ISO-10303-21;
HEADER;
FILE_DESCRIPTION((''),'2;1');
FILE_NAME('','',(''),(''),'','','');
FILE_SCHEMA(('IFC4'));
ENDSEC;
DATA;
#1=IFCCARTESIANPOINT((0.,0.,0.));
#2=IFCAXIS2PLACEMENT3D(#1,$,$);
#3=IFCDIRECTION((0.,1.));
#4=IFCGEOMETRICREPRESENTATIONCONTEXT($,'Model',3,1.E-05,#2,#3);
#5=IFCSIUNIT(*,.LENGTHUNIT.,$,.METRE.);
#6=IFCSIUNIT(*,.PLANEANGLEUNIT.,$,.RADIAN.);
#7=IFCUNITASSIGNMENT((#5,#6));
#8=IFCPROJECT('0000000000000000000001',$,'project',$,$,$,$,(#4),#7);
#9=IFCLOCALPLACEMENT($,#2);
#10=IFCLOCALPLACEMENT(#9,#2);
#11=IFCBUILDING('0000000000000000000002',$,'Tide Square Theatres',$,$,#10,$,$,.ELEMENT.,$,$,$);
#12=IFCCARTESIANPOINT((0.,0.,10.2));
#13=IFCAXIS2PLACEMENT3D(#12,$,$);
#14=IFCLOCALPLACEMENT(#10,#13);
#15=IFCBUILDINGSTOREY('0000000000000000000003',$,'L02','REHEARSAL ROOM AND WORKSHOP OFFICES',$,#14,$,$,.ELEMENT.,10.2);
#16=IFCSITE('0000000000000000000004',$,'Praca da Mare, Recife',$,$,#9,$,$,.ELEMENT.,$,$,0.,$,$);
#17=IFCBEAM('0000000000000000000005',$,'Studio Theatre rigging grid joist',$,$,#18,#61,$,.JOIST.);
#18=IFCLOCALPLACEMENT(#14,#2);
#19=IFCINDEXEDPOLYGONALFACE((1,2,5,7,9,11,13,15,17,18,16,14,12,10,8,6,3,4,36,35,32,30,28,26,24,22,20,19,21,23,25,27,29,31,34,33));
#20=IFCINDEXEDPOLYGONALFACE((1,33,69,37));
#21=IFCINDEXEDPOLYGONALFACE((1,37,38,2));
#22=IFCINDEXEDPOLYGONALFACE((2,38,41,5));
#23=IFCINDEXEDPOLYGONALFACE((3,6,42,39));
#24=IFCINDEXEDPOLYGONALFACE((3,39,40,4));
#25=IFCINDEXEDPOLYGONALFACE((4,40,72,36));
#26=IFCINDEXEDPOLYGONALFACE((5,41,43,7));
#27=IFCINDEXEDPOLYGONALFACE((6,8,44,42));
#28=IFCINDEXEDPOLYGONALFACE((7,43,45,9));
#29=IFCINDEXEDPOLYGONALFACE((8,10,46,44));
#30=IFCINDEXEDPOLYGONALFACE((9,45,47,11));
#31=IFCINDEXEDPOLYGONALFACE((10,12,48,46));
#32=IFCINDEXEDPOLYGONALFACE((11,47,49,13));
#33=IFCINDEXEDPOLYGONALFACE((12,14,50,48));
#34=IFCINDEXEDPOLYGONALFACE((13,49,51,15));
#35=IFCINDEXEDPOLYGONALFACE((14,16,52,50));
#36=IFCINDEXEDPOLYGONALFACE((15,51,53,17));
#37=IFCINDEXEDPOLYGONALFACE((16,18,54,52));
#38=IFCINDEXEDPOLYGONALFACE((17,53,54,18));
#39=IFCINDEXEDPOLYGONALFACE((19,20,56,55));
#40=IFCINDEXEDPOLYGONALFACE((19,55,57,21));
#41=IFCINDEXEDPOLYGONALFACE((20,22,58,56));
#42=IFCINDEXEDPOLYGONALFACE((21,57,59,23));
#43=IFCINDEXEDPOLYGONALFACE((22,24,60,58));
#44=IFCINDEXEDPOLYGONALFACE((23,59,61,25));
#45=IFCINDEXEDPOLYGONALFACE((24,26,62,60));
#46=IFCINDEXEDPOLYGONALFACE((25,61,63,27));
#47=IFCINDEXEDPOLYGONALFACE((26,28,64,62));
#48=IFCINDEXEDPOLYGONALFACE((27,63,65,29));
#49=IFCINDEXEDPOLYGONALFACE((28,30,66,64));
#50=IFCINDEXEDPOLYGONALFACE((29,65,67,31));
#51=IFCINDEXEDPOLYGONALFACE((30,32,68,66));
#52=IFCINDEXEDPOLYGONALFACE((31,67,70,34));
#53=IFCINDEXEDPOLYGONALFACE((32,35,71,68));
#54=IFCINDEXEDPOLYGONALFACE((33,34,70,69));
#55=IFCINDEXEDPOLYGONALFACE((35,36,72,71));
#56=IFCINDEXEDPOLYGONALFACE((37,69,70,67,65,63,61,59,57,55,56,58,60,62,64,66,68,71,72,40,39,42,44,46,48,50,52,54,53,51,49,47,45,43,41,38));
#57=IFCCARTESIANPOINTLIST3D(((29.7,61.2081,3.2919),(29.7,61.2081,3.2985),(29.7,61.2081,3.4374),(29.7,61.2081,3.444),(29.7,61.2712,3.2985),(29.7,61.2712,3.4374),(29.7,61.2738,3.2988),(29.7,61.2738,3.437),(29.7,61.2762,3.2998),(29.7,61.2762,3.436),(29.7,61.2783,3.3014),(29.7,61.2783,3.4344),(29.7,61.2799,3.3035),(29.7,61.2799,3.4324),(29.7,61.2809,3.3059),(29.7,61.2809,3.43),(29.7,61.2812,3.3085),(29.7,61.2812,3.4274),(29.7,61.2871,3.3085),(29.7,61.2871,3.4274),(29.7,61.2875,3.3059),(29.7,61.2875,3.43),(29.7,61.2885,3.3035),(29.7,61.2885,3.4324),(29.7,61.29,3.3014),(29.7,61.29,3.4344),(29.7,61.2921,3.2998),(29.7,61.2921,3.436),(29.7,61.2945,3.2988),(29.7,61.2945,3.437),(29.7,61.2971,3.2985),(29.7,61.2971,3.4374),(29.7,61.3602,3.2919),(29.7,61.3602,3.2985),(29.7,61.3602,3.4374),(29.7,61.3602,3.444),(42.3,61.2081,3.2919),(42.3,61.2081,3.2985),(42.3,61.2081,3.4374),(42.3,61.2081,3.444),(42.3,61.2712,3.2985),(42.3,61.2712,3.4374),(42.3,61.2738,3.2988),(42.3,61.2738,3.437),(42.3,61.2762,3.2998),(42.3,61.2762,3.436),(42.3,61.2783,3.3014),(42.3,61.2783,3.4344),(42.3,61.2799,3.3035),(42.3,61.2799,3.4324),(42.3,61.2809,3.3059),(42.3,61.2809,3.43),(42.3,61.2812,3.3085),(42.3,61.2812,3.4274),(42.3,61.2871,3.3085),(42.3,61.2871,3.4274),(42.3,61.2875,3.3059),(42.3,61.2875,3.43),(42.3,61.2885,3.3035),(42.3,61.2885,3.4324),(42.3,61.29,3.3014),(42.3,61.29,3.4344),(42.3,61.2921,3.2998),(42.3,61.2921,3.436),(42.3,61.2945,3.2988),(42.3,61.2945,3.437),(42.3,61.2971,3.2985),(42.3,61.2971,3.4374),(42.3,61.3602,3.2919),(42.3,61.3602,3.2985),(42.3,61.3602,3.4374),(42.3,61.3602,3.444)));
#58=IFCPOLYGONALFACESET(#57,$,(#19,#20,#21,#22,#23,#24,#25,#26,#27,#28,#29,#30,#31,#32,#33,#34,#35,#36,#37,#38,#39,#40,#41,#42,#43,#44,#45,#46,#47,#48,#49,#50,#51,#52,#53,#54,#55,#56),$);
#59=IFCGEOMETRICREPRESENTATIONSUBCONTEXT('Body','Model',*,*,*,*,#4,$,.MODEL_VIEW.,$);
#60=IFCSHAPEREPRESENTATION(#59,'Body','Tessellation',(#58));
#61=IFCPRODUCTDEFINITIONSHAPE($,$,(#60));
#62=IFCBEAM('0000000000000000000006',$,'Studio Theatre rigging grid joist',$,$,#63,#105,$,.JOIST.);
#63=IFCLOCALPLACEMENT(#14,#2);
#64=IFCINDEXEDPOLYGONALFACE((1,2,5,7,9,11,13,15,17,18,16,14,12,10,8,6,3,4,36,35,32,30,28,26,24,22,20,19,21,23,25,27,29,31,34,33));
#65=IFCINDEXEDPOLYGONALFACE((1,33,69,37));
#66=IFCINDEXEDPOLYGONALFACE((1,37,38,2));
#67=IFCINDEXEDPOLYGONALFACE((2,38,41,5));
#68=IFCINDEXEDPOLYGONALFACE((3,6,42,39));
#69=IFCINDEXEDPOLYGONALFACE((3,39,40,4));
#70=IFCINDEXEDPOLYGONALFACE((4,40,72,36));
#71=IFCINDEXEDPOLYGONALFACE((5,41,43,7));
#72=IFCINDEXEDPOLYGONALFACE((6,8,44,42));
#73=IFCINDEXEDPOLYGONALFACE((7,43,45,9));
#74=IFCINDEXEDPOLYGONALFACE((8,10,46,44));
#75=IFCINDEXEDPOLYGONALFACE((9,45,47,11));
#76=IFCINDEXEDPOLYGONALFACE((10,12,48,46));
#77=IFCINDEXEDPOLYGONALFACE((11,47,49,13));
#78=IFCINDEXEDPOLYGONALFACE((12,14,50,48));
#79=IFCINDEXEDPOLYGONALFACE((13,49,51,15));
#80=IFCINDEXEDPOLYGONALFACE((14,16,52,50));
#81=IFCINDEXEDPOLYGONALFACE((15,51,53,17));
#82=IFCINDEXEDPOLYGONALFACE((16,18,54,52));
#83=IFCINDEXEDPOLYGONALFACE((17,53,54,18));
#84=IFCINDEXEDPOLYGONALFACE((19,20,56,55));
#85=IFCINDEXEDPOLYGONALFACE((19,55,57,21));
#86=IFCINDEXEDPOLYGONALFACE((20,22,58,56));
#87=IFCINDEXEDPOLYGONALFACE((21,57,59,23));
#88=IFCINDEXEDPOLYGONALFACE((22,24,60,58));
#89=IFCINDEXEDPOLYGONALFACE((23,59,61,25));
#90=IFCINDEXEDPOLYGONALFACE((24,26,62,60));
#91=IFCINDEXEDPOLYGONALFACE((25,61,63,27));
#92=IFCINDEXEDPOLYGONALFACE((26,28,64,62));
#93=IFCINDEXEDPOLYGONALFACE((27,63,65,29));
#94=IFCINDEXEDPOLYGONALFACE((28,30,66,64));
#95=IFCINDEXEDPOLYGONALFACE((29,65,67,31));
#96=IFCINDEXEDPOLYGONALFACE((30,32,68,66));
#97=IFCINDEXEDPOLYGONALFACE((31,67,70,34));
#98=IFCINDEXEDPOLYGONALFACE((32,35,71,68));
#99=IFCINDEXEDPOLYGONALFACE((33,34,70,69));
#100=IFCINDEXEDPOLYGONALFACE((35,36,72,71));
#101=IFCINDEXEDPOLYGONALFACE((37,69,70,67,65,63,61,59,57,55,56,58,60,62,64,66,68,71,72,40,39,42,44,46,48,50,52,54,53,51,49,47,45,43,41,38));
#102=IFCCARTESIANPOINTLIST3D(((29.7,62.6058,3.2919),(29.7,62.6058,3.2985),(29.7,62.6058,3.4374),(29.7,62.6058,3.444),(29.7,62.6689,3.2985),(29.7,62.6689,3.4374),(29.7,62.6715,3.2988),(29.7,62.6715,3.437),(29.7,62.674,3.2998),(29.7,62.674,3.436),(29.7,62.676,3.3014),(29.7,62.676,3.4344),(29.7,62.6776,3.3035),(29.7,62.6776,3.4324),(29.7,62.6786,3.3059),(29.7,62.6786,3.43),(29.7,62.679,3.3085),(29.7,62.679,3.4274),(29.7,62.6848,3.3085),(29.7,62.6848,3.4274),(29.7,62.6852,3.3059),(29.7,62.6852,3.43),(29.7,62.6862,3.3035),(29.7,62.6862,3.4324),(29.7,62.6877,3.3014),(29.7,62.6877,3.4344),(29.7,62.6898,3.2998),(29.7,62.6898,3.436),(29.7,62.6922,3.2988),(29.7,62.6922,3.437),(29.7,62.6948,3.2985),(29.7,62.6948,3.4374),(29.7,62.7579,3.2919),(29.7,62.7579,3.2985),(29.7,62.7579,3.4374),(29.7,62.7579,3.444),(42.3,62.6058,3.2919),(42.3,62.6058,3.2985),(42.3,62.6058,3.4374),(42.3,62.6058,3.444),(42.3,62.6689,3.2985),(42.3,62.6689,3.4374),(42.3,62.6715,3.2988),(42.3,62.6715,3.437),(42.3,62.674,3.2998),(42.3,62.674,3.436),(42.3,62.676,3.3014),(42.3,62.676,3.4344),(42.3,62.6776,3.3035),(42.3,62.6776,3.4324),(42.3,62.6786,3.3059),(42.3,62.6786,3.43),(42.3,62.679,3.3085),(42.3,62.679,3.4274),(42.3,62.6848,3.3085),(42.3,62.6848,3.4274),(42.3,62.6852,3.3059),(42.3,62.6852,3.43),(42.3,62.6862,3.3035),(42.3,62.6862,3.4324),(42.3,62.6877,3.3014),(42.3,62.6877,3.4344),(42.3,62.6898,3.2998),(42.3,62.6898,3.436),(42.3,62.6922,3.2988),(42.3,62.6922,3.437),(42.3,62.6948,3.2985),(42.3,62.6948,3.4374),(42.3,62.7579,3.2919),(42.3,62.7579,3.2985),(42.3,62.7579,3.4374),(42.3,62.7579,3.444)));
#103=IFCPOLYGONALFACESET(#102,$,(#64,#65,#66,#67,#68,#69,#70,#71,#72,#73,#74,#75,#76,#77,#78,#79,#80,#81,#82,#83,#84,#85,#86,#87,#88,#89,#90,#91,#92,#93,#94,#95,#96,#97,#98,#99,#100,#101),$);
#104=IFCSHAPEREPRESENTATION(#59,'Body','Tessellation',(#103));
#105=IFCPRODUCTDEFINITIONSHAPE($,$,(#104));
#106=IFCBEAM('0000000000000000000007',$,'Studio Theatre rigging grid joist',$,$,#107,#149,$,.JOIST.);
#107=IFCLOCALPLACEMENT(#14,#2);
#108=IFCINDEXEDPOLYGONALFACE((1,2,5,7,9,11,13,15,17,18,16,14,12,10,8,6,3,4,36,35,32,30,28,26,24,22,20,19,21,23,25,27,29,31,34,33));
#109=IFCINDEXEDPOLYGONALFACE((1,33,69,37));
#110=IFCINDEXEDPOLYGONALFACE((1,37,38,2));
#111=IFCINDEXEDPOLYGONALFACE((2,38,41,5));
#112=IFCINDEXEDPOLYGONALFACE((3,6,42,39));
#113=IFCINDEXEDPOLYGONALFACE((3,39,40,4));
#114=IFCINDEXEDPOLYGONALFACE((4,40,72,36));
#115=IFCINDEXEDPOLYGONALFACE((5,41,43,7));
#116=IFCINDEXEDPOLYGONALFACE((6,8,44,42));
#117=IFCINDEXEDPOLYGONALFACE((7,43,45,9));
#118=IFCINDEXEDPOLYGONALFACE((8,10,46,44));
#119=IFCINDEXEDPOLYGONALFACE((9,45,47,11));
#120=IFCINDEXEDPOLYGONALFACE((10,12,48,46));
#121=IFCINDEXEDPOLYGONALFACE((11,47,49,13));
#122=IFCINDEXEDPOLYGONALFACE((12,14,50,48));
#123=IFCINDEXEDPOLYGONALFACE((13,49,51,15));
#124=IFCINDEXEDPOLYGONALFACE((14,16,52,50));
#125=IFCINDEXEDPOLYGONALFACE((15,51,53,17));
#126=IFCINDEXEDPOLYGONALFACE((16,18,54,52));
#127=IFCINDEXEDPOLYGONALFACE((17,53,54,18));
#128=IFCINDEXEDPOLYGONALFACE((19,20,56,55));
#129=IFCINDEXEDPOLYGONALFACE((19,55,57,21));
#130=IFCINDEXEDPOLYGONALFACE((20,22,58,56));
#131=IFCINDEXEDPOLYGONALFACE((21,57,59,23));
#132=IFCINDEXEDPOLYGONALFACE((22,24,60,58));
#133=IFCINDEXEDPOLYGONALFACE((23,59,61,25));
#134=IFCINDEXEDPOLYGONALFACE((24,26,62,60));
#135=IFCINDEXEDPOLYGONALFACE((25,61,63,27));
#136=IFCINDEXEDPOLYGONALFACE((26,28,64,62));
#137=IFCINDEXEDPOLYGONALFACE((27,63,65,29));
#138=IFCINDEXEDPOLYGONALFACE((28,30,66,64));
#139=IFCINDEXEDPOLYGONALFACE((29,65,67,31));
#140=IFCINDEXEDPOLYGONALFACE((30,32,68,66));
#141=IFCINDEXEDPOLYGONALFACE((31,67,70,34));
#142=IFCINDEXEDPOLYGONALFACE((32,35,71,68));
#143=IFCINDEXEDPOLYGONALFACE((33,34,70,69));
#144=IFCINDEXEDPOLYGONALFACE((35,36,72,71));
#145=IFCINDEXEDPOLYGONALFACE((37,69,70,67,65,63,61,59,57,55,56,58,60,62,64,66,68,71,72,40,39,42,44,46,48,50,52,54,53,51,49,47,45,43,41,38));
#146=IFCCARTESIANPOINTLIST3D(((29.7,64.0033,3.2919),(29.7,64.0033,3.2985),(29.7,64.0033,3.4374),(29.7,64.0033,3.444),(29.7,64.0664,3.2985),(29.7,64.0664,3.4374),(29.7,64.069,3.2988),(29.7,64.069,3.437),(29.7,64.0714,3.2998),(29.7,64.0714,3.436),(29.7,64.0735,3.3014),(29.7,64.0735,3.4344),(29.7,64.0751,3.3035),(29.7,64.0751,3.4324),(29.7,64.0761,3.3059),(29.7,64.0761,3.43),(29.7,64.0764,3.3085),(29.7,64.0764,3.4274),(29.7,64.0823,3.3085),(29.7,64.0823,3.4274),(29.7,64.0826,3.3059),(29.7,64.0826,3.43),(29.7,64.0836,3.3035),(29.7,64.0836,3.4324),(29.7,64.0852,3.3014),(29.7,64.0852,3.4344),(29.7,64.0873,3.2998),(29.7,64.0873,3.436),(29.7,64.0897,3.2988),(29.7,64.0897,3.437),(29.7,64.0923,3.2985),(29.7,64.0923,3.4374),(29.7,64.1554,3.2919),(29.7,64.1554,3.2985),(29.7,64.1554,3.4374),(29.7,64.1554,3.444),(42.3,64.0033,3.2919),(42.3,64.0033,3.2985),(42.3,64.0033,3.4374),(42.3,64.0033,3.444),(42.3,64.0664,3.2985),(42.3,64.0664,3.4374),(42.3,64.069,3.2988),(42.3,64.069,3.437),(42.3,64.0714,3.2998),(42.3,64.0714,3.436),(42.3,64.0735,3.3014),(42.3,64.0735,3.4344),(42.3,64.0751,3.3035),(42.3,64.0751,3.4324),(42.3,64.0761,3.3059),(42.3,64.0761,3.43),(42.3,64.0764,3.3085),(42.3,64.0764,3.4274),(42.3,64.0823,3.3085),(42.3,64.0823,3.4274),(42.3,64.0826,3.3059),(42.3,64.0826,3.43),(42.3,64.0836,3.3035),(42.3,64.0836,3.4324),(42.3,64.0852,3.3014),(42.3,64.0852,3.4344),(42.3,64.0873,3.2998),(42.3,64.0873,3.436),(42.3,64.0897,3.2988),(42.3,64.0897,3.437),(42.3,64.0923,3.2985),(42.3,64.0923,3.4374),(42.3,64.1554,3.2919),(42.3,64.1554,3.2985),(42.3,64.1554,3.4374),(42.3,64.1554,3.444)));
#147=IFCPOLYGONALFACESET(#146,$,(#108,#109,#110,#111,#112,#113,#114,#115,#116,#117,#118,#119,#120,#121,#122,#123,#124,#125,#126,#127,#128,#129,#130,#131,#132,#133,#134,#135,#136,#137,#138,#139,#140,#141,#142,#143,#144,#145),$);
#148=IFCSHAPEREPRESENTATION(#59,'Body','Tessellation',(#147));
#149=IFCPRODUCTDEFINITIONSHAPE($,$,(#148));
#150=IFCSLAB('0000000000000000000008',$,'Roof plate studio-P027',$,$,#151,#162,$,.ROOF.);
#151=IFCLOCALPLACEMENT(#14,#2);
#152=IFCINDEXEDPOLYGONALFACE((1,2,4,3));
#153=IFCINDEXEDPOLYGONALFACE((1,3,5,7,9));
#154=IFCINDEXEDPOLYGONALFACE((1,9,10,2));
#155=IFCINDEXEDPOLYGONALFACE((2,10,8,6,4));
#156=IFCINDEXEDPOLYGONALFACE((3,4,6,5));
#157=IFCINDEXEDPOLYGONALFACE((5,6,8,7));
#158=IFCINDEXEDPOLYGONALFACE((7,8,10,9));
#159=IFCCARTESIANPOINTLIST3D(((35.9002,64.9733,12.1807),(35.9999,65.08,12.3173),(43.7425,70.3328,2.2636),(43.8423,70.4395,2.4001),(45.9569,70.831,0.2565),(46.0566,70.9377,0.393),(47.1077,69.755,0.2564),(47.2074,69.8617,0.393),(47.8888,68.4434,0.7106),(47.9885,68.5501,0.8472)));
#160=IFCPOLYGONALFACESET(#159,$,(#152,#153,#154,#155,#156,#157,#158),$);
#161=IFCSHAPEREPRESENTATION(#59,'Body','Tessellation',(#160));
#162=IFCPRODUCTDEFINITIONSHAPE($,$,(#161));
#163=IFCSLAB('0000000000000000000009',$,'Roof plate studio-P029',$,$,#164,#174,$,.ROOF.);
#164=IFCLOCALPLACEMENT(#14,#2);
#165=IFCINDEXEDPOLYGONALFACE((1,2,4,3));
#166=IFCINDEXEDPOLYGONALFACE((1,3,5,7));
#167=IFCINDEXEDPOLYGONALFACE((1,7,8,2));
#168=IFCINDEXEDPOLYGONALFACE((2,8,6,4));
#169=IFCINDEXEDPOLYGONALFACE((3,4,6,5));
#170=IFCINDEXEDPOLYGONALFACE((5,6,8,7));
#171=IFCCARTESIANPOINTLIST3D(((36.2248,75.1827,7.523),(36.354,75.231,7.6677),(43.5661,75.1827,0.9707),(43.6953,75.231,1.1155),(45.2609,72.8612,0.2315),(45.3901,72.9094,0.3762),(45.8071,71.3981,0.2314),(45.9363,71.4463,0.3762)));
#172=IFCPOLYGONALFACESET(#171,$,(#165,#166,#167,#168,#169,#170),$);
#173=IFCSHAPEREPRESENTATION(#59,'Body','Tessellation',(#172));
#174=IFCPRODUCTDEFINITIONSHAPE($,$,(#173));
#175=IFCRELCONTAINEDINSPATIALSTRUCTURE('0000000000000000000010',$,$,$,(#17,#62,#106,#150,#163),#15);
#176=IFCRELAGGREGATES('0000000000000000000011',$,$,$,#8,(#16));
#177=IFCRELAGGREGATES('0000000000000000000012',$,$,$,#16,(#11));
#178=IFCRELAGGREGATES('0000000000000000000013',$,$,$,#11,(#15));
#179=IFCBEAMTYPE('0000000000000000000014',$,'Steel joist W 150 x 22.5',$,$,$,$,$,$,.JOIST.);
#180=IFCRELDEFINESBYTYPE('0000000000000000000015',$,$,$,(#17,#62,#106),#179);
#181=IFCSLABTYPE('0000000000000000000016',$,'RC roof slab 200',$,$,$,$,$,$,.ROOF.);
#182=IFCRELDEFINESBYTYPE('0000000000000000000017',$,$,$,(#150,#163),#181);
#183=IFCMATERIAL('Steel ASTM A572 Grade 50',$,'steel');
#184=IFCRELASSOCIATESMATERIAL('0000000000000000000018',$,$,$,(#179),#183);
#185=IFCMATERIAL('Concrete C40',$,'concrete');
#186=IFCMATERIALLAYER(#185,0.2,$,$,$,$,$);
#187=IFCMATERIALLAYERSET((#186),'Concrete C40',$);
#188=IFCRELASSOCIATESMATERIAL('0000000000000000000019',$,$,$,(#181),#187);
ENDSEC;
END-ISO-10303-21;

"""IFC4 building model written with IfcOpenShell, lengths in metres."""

from ifc_helpers import new_model, si_unit, direction, frame, origin, origin_2d, place, context, subcontext, project, spatial, polyline, i_section, outline, extrude, material, layer, layer_set, material_profile, profile_set, type_object, element, save


model = new_model("IFC4")

# Units and contexts
model_context = context("Model", 3, precision=1e-05, world=origin(), true_north=direction((0.0, 1.0)))
body_context = subcontext(model_context, "Body", "Model", "MODEL_VIEW")
ifc_project = project(units=[si_unit("LENGTHUNIT", "METRE"), si_unit("PLANEANGLEUNIT", "RADIAN")], contexts=[model_context])

# Site, building, storey
site_placement = place(None, origin())
site = spatial("IfcSite", under=ifc_project, at=site_placement, Name="Praca da Mare, Recife", CompositionType="ELEMENT", RefElevation=0.0)
building_placement = place(site_placement, origin())
building = spatial("IfcBuilding", under=site, at=building_placement, Name="Tide Square Theatres", CompositionType="ELEMENT")
storey_placement = place(building_placement, frame((0.0, 0.0, 10.2)))
storey = spatial("IfcBuildingStorey", under=building, at=storey_placement, Name="L02", Description="REHEARSAL ROOM AND WORKSHOP OFFICES", CompositionType="ELEMENT", Elevation=10.2)

# Beams
ifc_material_1 = material(Name="Steel ASTM A572 Grade 50", Category="steel")
ifc_material_profile_1 = material_profile(ifc_material_1, i_section(OverallWidth=0.1521, OverallDepth=0.1521, WebThickness=0.0059, FlangeThickness=0.0066, FilletRadius=0.01, at=origin_2d()))
ifc_profile_set_1 = profile_set([ifc_material_profile_1], Name="Steel ASTM A572 Grade 50")
beam_type_1 = type_object("IfcBeamType", Name="Steel joist W 150 x 22.5", PredefinedType="JOIST", material=ifc_profile_set_1)
for number, where, z_axis, x_axis, name in (
    (1, (42.3, 61.2842, 3.3679), (-1.0, 0.0, 0.0), (0.0, -1.0, 0.0), "Studio Theatre rigging grid joist"),
    (2, (42.3, 62.6819, 3.3679), (-1.0, 0.0, 0.0), (0.0, -1.0, 0.0), "Studio Theatre rigging grid joist"),
    (3, (42.3, 64.0793, 3.3679), (-1.0, 0.0, 0.0), (0.0, -1.0, 0.0), "Studio Theatre rigging grid joist"),
):
    element("IfcBeam", number, at=place(storey_placement, frame(where, z_axis=z_axis, x_axis=x_axis)), inside=storey, type_object=beam_type_1, Name=name, PredefinedType="JOIST", context=body_context, shape_type="SweptSolid", body=[
        extrude(i_section(OverallWidth=0.1521, OverallDepth=0.1521, WebThickness=0.0059, FlangeThickness=0.0066, FilletRadius=0.01, at=origin_2d()), origin(), (0.0, 0.0, 1.0), 12.6001),
    ])

# Slabs
ifc_material_2 = material(Name="Concrete C40", Category="concrete")
ifc_layer_1 = layer(ifc_material_2, 0.2)
ifc_layer_set_1 = layer_set([ifc_layer_1], Name="Concrete C40")
slab_type = type_object("IfcSlabType", Name="RC roof slab 200", PredefinedType="ROOF", material=ifc_layer_set_1)
slab_1_placement = place(storey_placement, frame((43.8423, 70.4395, 2.4001), z_axis=(0.498928, 0.533582, 0.682906), x_axis=(-0.571089, -0.390281, 0.722176)))
element("IfcSlab", 4, at=slab_1_placement, inside=storey, type_object=slab_type, Name="Roof plate studio-P027", PredefinedType="ROOF", context=body_context, shape_type="SweptSolid", body=[
    extrude(outline(polyline([(0.0, 0.0), (13.7323, 0.0), (-2.752, 3.9496), (-3.1459, 2.4063), (-2.9085, 0.8488), (0.0, 0.0)])), origin(), (0.0, 0.0, -1.0), 0.2),
])
slab_2_placement = place(storey_placement, frame((45.9363, 71.4463, 0.3762), z_axis=(0.646214, 0.241209, 0.724034), x_axis=(-0.3497, 0.936862, 0.000002)))
element("IfcSlab", 5, at=slab_2_placement, inside=storey, type_object=slab_type, Name="Roof plate studio-P029", PredefinedType="ROOF", context=body_context, shape_type="SweptSolid", body=[
    extrude(outline(polyline([(0.0, 0.0), (1.5617, 0.0), (4.3294, 1.0717), (6.8966, 10.571), (0.0, 0.0)])), origin(), (0.0, 0.0, -1.0), 0.2),
])

save(model, "model.ifc")
